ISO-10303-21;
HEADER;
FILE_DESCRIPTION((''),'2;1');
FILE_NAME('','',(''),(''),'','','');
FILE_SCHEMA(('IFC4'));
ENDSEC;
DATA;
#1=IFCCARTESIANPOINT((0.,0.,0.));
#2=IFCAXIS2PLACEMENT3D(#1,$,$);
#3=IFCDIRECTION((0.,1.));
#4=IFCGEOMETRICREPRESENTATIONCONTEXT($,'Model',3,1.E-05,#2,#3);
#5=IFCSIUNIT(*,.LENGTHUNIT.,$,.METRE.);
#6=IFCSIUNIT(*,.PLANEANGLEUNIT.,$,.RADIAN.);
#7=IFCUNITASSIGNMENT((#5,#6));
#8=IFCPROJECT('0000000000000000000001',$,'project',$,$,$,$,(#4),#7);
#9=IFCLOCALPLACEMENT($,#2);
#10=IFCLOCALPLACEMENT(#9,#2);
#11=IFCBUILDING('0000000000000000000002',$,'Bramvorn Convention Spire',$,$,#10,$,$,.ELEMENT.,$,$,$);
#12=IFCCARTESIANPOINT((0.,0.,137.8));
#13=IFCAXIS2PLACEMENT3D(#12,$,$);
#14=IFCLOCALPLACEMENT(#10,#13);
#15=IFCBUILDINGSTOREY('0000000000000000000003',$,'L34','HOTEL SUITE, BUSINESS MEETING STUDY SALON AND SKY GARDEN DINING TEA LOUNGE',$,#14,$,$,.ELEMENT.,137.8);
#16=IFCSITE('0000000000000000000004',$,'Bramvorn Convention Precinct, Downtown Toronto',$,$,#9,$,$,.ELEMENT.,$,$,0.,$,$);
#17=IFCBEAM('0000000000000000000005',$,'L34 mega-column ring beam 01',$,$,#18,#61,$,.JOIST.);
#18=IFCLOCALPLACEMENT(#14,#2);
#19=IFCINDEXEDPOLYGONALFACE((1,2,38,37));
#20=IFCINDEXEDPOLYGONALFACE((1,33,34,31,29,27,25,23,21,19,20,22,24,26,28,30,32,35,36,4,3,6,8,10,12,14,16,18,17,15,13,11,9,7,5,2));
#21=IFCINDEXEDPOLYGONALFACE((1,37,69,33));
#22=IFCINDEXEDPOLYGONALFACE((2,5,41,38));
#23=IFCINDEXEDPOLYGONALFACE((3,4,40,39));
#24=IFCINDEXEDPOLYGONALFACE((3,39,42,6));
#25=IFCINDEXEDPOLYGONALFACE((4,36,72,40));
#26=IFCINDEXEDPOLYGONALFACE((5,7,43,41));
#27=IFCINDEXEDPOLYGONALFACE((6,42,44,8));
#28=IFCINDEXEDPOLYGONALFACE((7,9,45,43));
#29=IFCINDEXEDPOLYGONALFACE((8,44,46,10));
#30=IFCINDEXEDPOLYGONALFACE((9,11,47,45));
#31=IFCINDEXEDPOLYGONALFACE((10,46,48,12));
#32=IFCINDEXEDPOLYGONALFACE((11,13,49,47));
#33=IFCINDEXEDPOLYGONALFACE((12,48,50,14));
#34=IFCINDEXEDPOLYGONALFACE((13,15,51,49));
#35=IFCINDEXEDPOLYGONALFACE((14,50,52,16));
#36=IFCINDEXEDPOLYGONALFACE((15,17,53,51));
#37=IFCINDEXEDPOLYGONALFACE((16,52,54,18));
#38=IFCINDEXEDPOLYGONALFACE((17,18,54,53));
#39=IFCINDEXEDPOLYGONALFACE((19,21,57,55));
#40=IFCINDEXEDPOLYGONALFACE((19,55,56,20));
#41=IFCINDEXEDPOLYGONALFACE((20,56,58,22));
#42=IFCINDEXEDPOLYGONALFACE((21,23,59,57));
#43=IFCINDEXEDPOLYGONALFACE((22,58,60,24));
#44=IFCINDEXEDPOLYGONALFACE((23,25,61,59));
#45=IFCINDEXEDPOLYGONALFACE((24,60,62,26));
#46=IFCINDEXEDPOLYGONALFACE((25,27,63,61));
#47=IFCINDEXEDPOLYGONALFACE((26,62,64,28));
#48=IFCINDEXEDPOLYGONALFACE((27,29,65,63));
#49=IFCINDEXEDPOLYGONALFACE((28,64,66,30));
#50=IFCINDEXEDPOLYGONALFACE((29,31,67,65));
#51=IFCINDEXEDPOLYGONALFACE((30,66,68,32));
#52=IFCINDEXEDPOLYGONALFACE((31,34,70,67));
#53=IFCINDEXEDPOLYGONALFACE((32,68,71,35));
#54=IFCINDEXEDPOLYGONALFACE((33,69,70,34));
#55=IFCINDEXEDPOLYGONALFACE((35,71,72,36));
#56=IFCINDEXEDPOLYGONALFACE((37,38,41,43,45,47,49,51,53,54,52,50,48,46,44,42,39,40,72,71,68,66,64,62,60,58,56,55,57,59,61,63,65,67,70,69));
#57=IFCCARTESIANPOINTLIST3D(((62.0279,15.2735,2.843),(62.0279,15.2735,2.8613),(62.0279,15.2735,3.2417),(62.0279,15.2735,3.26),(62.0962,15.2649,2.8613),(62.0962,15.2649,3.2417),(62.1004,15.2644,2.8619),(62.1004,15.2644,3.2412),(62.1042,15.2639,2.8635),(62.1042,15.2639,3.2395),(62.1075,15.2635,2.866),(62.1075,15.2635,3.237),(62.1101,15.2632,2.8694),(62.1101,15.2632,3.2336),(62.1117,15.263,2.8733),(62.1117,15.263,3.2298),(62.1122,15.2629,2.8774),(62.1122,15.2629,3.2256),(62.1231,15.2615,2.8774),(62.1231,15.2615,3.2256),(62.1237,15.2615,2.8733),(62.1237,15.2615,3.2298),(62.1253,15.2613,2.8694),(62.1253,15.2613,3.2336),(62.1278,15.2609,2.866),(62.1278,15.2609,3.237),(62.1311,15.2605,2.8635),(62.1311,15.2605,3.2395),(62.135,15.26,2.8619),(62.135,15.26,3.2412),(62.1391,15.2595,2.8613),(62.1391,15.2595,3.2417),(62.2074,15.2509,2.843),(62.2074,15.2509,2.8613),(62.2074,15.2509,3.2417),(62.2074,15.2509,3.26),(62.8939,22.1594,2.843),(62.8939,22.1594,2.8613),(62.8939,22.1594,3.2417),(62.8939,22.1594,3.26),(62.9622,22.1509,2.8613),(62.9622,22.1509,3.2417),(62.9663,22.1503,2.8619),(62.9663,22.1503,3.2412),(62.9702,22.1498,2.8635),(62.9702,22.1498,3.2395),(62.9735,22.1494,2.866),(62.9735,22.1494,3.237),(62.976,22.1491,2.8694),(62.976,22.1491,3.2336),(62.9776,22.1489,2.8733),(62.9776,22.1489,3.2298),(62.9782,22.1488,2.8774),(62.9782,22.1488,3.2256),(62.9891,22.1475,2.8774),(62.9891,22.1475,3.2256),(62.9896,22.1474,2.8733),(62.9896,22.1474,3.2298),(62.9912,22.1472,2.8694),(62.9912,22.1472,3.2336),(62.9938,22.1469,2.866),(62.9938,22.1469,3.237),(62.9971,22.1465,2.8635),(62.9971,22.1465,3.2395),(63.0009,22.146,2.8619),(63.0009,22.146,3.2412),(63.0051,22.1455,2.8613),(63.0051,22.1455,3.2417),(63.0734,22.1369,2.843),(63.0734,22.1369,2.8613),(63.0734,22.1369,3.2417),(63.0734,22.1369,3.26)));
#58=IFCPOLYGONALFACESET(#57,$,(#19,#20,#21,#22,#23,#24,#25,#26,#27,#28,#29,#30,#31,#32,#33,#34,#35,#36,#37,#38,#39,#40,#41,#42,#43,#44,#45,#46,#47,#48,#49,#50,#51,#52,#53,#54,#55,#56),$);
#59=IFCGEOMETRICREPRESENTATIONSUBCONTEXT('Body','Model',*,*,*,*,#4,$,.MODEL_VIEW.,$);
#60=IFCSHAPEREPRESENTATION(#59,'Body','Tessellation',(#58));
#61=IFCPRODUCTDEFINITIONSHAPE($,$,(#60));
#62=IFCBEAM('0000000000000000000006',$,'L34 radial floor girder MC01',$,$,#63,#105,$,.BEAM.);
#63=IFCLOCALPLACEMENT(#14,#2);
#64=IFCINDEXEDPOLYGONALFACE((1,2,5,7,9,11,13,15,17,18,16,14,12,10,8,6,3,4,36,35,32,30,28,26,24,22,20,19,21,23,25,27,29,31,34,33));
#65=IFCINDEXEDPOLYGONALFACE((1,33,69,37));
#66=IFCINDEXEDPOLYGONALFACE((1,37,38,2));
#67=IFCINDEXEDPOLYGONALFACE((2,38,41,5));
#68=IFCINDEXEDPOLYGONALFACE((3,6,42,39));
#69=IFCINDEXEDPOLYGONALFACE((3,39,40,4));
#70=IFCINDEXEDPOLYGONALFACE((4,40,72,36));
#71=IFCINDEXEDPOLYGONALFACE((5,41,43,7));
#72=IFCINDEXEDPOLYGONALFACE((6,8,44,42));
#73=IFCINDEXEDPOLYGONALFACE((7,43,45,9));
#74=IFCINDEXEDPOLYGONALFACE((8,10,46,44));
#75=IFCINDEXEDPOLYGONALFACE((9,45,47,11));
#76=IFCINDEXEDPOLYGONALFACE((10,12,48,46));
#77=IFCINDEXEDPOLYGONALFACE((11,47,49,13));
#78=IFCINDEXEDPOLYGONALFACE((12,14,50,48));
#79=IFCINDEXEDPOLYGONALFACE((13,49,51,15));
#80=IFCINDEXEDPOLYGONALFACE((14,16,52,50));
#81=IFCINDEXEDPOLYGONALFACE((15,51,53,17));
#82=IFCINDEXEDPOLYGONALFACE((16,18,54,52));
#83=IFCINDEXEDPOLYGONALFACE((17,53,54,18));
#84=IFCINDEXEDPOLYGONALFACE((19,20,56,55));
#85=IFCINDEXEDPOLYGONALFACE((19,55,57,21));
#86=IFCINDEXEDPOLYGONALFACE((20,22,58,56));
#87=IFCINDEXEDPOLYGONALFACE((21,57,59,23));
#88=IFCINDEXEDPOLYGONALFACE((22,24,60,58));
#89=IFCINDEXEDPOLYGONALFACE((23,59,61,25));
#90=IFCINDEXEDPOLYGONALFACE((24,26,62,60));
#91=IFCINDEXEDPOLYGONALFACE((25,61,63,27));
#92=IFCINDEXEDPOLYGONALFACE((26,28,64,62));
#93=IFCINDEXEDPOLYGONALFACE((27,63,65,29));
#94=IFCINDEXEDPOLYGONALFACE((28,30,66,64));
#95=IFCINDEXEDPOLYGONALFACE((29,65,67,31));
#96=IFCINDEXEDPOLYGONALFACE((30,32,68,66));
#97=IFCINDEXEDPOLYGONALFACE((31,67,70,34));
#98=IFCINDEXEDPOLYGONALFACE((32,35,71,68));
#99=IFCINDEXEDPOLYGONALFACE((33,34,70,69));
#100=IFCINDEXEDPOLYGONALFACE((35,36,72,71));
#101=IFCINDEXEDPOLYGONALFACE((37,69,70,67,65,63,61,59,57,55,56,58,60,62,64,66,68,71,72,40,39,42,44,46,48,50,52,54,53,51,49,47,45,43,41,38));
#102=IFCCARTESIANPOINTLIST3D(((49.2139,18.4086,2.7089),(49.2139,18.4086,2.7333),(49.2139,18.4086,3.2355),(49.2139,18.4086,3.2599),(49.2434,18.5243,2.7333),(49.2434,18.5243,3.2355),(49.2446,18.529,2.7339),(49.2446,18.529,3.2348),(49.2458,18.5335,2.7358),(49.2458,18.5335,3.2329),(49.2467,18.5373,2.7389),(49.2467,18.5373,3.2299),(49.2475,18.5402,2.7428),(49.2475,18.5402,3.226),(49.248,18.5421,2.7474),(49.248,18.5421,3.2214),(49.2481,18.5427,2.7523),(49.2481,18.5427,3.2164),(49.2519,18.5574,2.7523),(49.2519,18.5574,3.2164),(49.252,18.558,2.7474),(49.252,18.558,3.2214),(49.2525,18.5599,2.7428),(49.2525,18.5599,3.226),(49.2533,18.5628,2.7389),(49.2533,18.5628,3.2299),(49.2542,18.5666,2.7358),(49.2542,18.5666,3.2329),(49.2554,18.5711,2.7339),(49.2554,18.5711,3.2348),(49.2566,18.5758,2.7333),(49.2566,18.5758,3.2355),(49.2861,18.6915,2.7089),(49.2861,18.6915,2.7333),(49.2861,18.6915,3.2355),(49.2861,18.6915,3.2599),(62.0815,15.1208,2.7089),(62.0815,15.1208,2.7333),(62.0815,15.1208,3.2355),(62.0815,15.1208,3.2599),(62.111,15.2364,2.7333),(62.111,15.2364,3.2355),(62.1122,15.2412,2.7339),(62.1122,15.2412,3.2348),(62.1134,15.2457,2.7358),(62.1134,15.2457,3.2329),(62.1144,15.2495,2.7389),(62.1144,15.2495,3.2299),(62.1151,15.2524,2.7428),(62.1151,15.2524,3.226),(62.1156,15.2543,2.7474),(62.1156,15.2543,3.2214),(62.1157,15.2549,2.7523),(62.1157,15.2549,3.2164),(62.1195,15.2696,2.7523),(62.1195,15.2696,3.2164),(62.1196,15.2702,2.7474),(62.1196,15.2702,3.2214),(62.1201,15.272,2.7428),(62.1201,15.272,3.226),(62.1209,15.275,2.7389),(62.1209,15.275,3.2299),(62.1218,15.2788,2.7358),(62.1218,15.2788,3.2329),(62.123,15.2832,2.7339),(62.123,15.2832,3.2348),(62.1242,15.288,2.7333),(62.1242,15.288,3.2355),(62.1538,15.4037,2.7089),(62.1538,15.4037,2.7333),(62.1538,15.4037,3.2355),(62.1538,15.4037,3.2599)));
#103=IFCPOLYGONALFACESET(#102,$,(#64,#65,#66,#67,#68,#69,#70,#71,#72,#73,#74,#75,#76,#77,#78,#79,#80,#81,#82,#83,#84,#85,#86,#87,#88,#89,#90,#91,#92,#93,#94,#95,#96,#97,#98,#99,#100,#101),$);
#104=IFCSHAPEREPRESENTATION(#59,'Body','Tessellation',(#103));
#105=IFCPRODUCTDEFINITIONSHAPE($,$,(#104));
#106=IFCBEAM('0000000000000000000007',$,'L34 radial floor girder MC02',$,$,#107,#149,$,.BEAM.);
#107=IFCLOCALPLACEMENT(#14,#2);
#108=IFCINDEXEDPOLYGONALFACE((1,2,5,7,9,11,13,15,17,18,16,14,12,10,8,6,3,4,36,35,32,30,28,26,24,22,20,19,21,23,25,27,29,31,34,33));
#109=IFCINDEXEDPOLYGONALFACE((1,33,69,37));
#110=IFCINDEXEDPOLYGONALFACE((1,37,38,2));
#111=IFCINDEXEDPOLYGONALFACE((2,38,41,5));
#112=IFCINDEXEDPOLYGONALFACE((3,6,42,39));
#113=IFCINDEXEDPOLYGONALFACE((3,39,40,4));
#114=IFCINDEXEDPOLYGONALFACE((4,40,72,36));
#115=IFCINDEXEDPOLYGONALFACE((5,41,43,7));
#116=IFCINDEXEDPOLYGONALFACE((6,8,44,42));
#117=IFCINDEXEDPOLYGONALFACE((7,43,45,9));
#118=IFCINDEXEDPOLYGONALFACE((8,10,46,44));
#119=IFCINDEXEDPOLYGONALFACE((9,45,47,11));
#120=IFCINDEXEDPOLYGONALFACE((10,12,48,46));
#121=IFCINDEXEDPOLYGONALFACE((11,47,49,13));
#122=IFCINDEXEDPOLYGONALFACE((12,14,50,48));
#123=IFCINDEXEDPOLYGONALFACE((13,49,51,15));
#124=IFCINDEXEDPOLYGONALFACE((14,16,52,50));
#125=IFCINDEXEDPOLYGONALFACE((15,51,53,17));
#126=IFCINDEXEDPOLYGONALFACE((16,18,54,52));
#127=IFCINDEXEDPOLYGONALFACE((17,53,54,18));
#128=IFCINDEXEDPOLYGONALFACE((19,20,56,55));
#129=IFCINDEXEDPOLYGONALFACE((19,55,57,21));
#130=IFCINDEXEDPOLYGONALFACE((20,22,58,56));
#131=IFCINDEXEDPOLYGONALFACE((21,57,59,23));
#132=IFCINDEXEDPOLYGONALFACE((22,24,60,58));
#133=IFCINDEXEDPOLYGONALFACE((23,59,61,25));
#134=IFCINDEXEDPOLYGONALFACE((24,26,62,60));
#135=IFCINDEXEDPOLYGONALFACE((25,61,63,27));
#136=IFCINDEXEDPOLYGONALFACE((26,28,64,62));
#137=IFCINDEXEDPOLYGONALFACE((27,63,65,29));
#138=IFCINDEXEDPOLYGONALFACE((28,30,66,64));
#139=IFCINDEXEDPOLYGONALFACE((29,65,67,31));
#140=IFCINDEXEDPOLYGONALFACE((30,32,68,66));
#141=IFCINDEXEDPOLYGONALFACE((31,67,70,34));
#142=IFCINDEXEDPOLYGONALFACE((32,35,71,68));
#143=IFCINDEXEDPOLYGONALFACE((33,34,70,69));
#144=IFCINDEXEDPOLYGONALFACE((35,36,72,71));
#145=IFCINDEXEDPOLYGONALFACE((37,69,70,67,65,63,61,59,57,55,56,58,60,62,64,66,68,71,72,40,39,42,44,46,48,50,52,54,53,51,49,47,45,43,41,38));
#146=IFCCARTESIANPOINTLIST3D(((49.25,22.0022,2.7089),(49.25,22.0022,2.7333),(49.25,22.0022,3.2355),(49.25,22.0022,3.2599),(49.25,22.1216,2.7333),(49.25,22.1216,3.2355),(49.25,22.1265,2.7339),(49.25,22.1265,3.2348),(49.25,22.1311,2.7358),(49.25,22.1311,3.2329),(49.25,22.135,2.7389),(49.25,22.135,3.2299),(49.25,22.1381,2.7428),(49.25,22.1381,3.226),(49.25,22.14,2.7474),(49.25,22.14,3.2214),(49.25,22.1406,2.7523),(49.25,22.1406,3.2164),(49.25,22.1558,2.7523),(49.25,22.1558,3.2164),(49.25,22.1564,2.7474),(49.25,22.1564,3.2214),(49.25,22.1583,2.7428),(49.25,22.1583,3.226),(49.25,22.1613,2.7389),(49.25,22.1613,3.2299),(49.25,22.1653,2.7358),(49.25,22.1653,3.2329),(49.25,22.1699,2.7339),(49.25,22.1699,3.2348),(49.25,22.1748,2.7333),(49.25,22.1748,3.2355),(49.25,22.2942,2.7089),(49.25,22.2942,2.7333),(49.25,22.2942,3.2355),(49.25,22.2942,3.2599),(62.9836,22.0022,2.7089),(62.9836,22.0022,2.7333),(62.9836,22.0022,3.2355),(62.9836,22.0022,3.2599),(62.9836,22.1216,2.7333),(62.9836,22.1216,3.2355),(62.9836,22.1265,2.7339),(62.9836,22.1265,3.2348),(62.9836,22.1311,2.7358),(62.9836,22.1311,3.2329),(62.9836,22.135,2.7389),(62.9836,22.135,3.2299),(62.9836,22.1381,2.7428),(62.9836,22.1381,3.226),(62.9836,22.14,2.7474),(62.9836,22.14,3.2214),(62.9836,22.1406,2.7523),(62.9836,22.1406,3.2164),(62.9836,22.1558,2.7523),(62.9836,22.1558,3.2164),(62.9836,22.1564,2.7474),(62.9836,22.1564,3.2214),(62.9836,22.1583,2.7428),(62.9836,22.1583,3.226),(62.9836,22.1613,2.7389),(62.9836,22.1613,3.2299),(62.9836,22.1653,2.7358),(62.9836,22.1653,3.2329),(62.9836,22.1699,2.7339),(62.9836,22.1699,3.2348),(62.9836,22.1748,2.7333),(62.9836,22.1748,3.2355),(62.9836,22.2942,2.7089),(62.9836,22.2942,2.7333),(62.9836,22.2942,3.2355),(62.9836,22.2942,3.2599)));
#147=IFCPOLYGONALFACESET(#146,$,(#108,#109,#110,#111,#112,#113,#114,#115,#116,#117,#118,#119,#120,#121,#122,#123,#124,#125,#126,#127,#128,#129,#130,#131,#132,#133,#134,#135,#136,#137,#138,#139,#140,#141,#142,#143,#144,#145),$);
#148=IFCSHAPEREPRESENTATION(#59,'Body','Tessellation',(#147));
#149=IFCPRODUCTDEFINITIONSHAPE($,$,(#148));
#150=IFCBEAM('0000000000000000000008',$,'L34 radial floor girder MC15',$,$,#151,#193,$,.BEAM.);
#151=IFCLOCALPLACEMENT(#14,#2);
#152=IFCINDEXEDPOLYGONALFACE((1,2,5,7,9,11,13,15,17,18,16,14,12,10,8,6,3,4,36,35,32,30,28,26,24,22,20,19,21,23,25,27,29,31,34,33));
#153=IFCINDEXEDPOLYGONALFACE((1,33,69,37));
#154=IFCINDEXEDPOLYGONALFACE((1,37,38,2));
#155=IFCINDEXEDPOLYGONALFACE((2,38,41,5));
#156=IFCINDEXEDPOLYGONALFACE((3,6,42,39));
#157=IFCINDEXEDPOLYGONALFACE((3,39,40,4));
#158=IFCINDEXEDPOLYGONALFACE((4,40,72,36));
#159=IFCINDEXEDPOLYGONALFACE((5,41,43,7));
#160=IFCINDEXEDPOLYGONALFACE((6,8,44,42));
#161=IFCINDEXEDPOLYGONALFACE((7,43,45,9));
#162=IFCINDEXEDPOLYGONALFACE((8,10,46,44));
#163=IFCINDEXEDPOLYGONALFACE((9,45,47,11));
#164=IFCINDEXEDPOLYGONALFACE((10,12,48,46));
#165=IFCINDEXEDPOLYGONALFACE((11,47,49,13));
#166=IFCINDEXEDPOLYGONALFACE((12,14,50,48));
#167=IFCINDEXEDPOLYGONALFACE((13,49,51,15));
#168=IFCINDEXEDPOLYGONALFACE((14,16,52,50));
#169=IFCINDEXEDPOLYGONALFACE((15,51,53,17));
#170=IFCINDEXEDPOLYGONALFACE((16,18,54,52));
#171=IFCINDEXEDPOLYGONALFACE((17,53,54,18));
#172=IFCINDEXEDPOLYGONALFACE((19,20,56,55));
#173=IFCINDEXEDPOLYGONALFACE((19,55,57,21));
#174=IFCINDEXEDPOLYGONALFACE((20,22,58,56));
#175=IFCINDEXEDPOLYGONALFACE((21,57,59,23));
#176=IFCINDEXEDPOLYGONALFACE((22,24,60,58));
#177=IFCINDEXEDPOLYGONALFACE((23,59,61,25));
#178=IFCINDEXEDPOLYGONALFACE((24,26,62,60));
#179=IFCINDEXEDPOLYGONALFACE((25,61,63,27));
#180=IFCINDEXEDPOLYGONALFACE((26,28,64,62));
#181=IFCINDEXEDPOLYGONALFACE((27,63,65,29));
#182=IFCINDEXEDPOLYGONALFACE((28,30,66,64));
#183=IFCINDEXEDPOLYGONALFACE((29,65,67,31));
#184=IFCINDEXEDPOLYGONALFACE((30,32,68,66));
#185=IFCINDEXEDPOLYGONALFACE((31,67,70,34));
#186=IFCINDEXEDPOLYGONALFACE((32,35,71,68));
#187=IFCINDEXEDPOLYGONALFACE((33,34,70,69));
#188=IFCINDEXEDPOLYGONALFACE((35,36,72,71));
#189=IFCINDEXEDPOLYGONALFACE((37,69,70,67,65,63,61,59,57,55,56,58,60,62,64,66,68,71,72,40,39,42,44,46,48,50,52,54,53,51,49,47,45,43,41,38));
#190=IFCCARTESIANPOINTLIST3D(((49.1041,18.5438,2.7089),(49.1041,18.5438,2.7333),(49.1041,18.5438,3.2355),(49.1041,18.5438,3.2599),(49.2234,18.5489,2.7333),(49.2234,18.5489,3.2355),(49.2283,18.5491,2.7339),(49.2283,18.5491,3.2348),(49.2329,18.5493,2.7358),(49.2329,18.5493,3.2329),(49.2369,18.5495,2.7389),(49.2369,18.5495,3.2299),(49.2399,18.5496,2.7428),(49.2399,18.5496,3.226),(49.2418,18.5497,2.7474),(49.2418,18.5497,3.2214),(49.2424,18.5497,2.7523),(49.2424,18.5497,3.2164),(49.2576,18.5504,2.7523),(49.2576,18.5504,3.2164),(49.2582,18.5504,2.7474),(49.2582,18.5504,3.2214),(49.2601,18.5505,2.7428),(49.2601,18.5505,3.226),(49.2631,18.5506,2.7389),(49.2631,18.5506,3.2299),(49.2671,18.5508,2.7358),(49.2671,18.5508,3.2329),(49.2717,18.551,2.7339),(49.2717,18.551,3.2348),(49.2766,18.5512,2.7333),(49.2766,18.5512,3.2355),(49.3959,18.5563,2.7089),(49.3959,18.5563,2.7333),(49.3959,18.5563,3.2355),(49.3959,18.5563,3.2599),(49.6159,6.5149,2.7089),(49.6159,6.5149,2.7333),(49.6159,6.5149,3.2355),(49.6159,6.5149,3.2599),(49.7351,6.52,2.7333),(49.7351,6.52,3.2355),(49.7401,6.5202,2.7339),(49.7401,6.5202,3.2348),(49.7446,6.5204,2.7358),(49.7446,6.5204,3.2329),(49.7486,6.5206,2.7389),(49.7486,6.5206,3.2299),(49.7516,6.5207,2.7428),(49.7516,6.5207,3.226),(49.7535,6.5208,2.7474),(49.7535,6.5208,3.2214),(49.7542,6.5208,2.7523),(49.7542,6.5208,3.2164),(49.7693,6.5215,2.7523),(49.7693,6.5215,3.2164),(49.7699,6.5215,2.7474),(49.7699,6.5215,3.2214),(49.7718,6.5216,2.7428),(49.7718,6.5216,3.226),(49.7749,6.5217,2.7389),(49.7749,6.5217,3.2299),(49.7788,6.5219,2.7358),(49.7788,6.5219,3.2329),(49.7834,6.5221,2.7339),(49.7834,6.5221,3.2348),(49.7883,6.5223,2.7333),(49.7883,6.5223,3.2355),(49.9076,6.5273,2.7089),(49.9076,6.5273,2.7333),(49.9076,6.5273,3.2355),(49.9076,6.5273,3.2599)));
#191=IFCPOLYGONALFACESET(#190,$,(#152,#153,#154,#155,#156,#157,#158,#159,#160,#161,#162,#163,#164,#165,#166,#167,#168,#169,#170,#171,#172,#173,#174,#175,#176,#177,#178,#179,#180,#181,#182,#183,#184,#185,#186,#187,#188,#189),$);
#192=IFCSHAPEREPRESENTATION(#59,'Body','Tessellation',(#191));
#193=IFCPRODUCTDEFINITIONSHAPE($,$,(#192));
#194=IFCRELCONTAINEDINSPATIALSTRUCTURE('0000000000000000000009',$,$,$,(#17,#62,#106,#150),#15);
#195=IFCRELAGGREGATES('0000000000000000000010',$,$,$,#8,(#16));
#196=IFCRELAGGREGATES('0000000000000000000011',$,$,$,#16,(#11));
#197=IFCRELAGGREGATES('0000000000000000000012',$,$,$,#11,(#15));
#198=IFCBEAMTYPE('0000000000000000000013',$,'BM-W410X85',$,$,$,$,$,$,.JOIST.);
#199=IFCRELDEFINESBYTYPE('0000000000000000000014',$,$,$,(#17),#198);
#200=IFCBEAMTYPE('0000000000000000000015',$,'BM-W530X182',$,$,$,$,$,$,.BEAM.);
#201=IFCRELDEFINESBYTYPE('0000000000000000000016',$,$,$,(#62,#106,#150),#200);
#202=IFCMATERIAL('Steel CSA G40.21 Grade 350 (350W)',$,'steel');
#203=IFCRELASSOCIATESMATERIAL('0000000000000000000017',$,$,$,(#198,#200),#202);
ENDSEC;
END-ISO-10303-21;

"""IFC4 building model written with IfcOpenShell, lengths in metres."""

from ifc_helpers import new_model, si_unit, direction, frame, origin, origin_2d, place, context, subcontext, project, spatial, i_section, extrude, material, material_profile, profile_set, type_object, element, save


model = new_model("IFC4")

# Units and contexts
model_context = context("Model", 3, precision=1e-05, world=origin(), true_north=direction((0.0, 1.0)))
body_context = subcontext(model_context, "Body", "Model", "MODEL_VIEW")
ifc_project = project(units=[si_unit("LENGTHUNIT", "METRE"), si_unit("PLANEANGLEUNIT", "RADIAN")], contexts=[model_context])

# Site, building, storey
site_placement = place(None, origin())
site = spatial("IfcSite", under=ifc_project, at=site_placement, Name="Bramvorn Convention Precinct, Downtown Toronto", CompositionType="ELEMENT", RefElevation=0.0)
building_placement = place(site_placement, origin())
building = spatial("IfcBuilding", under=site, at=building_placement, Name="Bramvorn Convention Spire", CompositionType="ELEMENT")
storey_placement = place(building_placement, frame((0.0, 0.0, 137.8)))
storey = spatial("IfcBuildingStorey", under=building, at=storey_placement, Name="L34", Description="HOTEL SUITE, BUSINESS MEETING STUDY SALON AND SKY GARDEN DINING TEA LOUNGE", CompositionType="ELEMENT", Elevation=137.8)

# Shared definitions
ifc_material_1 = material(Name="Steel CSA G40.21 Grade 350 (350W)", Category="steel")

# Beams
ifc_material_profile_1 = material_profile(ifc_material_1, i_section(OverallWidth=0.1809, OverallDepth=0.417, WebThickness=0.011, FlangeThickness=0.0183, FilletRadius=0.0161, at=origin_2d()))
ifc_profile_set_1 = profile_set([ifc_material_profile_1], Name="Steel CSA G40.21 Grade 350 (350W) - W410X85")
beam_type_1 = type_object("IfcBeamType", Name="BM-W410X85", PredefinedType="JOIST", material=ifc_profile_set_1)
beam_1_placement = place(storey_placement, frame((62.1177, 15.2622, 3.0515), z_axis=(0.124775, 0.992185, 0.0), x_axis=(-0.992185, 0.124775, 0.0)))
element("IfcBeam", 1, at=beam_1_placement, inside=storey, type_object=beam_type_1, Name="L34 mega-column ring beam 01", PredefinedType="JOIST", context=body_context, shape_type="SweptSolid", body=[
    extrude(i_section(OverallWidth=0.1809, OverallDepth=0.417, WebThickness=0.011, FlangeThickness=0.0183, FilletRadius=0.0161, at=origin_2d()), origin(), (0.0, 0.0, 1.0), 6.9402),
])
ifc_material_profile_2 = material_profile(ifc_material_1, i_section(OverallWidth=0.292, OverallDepth=0.551, WebThickness=0.0151, FlangeThickness=0.0244, FilletRadius=0.019, at=origin_2d()))
ifc_profile_set_2 = profile_set([ifc_material_profile_2], Name="Steel CSA G40.21 Grade 350 (350W) - W530X182")
beam_type_2 = type_object("IfcBeamType", Name="BM-W530X182", PredefinedType="BEAM", material=ifc_profile_set_2)
beam_2_placement = place(storey_placement, frame((49.25, 18.55, 2.9844), z_axis=(0.968873, -0.247558, 0.0), x_axis=(0.247558, 0.968873, 0.0)))
element("IfcBeam", 2, at=beam_2_placement, inside=storey, type_object=beam_type_2, Name="L34 radial floor girder MC01", PredefinedType="BEAM", context=body_context, shape_type="SweptSolid", body=[
    extrude(i_section(OverallWidth=0.292, OverallDepth=0.551, WebThickness=0.0151, FlangeThickness=0.0244, FilletRadius=0.019, at=origin_2d()), origin(), (0.0, 0.0, 1.0), 13.281),
])
beam_3_placement = place(storey_placement, frame((49.25, 22.1482, 2.9844), z_axis=(1.0, 0.0, 0.0), x_axis=(0.0, 1.0, 0.0)))
element("IfcBeam", 3, at=beam_3_placement, inside=storey, type_object=beam_type_2, Name="L34 radial floor girder MC02", PredefinedType="BEAM", context=body_context, shape_type="SweptSolid", body=[
    extrude(i_section(OverallWidth=0.292, OverallDepth=0.551, WebThickness=0.0151, FlangeThickness=0.0244, FilletRadius=0.019, at=origin_2d()), origin(), (0.0, 0.0, 1.0), 13.7336),
])
beam_4_placement = place(storey_placement, frame((49.25, 18.55, 2.9844), z_axis=(0.042503, -0.999096, 0.0), x_axis=(0.999096, 0.042503, 0.0)))
element("IfcBeam", 4, at=beam_4_placement, inside=storey, type_object=beam_type_2, Name="L34 radial floor girder MC15", PredefinedType="BEAM", context=body_context, shape_type="SweptSolid", body=[
    extrude(i_section(OverallWidth=0.292, OverallDepth=0.551, WebThickness=0.0151, FlangeThickness=0.0244, FilletRadius=0.019, at=origin_2d()), origin(), (0.0, 0.0, 1.0), 12.0398),
])

save(model, "model.ifc")
